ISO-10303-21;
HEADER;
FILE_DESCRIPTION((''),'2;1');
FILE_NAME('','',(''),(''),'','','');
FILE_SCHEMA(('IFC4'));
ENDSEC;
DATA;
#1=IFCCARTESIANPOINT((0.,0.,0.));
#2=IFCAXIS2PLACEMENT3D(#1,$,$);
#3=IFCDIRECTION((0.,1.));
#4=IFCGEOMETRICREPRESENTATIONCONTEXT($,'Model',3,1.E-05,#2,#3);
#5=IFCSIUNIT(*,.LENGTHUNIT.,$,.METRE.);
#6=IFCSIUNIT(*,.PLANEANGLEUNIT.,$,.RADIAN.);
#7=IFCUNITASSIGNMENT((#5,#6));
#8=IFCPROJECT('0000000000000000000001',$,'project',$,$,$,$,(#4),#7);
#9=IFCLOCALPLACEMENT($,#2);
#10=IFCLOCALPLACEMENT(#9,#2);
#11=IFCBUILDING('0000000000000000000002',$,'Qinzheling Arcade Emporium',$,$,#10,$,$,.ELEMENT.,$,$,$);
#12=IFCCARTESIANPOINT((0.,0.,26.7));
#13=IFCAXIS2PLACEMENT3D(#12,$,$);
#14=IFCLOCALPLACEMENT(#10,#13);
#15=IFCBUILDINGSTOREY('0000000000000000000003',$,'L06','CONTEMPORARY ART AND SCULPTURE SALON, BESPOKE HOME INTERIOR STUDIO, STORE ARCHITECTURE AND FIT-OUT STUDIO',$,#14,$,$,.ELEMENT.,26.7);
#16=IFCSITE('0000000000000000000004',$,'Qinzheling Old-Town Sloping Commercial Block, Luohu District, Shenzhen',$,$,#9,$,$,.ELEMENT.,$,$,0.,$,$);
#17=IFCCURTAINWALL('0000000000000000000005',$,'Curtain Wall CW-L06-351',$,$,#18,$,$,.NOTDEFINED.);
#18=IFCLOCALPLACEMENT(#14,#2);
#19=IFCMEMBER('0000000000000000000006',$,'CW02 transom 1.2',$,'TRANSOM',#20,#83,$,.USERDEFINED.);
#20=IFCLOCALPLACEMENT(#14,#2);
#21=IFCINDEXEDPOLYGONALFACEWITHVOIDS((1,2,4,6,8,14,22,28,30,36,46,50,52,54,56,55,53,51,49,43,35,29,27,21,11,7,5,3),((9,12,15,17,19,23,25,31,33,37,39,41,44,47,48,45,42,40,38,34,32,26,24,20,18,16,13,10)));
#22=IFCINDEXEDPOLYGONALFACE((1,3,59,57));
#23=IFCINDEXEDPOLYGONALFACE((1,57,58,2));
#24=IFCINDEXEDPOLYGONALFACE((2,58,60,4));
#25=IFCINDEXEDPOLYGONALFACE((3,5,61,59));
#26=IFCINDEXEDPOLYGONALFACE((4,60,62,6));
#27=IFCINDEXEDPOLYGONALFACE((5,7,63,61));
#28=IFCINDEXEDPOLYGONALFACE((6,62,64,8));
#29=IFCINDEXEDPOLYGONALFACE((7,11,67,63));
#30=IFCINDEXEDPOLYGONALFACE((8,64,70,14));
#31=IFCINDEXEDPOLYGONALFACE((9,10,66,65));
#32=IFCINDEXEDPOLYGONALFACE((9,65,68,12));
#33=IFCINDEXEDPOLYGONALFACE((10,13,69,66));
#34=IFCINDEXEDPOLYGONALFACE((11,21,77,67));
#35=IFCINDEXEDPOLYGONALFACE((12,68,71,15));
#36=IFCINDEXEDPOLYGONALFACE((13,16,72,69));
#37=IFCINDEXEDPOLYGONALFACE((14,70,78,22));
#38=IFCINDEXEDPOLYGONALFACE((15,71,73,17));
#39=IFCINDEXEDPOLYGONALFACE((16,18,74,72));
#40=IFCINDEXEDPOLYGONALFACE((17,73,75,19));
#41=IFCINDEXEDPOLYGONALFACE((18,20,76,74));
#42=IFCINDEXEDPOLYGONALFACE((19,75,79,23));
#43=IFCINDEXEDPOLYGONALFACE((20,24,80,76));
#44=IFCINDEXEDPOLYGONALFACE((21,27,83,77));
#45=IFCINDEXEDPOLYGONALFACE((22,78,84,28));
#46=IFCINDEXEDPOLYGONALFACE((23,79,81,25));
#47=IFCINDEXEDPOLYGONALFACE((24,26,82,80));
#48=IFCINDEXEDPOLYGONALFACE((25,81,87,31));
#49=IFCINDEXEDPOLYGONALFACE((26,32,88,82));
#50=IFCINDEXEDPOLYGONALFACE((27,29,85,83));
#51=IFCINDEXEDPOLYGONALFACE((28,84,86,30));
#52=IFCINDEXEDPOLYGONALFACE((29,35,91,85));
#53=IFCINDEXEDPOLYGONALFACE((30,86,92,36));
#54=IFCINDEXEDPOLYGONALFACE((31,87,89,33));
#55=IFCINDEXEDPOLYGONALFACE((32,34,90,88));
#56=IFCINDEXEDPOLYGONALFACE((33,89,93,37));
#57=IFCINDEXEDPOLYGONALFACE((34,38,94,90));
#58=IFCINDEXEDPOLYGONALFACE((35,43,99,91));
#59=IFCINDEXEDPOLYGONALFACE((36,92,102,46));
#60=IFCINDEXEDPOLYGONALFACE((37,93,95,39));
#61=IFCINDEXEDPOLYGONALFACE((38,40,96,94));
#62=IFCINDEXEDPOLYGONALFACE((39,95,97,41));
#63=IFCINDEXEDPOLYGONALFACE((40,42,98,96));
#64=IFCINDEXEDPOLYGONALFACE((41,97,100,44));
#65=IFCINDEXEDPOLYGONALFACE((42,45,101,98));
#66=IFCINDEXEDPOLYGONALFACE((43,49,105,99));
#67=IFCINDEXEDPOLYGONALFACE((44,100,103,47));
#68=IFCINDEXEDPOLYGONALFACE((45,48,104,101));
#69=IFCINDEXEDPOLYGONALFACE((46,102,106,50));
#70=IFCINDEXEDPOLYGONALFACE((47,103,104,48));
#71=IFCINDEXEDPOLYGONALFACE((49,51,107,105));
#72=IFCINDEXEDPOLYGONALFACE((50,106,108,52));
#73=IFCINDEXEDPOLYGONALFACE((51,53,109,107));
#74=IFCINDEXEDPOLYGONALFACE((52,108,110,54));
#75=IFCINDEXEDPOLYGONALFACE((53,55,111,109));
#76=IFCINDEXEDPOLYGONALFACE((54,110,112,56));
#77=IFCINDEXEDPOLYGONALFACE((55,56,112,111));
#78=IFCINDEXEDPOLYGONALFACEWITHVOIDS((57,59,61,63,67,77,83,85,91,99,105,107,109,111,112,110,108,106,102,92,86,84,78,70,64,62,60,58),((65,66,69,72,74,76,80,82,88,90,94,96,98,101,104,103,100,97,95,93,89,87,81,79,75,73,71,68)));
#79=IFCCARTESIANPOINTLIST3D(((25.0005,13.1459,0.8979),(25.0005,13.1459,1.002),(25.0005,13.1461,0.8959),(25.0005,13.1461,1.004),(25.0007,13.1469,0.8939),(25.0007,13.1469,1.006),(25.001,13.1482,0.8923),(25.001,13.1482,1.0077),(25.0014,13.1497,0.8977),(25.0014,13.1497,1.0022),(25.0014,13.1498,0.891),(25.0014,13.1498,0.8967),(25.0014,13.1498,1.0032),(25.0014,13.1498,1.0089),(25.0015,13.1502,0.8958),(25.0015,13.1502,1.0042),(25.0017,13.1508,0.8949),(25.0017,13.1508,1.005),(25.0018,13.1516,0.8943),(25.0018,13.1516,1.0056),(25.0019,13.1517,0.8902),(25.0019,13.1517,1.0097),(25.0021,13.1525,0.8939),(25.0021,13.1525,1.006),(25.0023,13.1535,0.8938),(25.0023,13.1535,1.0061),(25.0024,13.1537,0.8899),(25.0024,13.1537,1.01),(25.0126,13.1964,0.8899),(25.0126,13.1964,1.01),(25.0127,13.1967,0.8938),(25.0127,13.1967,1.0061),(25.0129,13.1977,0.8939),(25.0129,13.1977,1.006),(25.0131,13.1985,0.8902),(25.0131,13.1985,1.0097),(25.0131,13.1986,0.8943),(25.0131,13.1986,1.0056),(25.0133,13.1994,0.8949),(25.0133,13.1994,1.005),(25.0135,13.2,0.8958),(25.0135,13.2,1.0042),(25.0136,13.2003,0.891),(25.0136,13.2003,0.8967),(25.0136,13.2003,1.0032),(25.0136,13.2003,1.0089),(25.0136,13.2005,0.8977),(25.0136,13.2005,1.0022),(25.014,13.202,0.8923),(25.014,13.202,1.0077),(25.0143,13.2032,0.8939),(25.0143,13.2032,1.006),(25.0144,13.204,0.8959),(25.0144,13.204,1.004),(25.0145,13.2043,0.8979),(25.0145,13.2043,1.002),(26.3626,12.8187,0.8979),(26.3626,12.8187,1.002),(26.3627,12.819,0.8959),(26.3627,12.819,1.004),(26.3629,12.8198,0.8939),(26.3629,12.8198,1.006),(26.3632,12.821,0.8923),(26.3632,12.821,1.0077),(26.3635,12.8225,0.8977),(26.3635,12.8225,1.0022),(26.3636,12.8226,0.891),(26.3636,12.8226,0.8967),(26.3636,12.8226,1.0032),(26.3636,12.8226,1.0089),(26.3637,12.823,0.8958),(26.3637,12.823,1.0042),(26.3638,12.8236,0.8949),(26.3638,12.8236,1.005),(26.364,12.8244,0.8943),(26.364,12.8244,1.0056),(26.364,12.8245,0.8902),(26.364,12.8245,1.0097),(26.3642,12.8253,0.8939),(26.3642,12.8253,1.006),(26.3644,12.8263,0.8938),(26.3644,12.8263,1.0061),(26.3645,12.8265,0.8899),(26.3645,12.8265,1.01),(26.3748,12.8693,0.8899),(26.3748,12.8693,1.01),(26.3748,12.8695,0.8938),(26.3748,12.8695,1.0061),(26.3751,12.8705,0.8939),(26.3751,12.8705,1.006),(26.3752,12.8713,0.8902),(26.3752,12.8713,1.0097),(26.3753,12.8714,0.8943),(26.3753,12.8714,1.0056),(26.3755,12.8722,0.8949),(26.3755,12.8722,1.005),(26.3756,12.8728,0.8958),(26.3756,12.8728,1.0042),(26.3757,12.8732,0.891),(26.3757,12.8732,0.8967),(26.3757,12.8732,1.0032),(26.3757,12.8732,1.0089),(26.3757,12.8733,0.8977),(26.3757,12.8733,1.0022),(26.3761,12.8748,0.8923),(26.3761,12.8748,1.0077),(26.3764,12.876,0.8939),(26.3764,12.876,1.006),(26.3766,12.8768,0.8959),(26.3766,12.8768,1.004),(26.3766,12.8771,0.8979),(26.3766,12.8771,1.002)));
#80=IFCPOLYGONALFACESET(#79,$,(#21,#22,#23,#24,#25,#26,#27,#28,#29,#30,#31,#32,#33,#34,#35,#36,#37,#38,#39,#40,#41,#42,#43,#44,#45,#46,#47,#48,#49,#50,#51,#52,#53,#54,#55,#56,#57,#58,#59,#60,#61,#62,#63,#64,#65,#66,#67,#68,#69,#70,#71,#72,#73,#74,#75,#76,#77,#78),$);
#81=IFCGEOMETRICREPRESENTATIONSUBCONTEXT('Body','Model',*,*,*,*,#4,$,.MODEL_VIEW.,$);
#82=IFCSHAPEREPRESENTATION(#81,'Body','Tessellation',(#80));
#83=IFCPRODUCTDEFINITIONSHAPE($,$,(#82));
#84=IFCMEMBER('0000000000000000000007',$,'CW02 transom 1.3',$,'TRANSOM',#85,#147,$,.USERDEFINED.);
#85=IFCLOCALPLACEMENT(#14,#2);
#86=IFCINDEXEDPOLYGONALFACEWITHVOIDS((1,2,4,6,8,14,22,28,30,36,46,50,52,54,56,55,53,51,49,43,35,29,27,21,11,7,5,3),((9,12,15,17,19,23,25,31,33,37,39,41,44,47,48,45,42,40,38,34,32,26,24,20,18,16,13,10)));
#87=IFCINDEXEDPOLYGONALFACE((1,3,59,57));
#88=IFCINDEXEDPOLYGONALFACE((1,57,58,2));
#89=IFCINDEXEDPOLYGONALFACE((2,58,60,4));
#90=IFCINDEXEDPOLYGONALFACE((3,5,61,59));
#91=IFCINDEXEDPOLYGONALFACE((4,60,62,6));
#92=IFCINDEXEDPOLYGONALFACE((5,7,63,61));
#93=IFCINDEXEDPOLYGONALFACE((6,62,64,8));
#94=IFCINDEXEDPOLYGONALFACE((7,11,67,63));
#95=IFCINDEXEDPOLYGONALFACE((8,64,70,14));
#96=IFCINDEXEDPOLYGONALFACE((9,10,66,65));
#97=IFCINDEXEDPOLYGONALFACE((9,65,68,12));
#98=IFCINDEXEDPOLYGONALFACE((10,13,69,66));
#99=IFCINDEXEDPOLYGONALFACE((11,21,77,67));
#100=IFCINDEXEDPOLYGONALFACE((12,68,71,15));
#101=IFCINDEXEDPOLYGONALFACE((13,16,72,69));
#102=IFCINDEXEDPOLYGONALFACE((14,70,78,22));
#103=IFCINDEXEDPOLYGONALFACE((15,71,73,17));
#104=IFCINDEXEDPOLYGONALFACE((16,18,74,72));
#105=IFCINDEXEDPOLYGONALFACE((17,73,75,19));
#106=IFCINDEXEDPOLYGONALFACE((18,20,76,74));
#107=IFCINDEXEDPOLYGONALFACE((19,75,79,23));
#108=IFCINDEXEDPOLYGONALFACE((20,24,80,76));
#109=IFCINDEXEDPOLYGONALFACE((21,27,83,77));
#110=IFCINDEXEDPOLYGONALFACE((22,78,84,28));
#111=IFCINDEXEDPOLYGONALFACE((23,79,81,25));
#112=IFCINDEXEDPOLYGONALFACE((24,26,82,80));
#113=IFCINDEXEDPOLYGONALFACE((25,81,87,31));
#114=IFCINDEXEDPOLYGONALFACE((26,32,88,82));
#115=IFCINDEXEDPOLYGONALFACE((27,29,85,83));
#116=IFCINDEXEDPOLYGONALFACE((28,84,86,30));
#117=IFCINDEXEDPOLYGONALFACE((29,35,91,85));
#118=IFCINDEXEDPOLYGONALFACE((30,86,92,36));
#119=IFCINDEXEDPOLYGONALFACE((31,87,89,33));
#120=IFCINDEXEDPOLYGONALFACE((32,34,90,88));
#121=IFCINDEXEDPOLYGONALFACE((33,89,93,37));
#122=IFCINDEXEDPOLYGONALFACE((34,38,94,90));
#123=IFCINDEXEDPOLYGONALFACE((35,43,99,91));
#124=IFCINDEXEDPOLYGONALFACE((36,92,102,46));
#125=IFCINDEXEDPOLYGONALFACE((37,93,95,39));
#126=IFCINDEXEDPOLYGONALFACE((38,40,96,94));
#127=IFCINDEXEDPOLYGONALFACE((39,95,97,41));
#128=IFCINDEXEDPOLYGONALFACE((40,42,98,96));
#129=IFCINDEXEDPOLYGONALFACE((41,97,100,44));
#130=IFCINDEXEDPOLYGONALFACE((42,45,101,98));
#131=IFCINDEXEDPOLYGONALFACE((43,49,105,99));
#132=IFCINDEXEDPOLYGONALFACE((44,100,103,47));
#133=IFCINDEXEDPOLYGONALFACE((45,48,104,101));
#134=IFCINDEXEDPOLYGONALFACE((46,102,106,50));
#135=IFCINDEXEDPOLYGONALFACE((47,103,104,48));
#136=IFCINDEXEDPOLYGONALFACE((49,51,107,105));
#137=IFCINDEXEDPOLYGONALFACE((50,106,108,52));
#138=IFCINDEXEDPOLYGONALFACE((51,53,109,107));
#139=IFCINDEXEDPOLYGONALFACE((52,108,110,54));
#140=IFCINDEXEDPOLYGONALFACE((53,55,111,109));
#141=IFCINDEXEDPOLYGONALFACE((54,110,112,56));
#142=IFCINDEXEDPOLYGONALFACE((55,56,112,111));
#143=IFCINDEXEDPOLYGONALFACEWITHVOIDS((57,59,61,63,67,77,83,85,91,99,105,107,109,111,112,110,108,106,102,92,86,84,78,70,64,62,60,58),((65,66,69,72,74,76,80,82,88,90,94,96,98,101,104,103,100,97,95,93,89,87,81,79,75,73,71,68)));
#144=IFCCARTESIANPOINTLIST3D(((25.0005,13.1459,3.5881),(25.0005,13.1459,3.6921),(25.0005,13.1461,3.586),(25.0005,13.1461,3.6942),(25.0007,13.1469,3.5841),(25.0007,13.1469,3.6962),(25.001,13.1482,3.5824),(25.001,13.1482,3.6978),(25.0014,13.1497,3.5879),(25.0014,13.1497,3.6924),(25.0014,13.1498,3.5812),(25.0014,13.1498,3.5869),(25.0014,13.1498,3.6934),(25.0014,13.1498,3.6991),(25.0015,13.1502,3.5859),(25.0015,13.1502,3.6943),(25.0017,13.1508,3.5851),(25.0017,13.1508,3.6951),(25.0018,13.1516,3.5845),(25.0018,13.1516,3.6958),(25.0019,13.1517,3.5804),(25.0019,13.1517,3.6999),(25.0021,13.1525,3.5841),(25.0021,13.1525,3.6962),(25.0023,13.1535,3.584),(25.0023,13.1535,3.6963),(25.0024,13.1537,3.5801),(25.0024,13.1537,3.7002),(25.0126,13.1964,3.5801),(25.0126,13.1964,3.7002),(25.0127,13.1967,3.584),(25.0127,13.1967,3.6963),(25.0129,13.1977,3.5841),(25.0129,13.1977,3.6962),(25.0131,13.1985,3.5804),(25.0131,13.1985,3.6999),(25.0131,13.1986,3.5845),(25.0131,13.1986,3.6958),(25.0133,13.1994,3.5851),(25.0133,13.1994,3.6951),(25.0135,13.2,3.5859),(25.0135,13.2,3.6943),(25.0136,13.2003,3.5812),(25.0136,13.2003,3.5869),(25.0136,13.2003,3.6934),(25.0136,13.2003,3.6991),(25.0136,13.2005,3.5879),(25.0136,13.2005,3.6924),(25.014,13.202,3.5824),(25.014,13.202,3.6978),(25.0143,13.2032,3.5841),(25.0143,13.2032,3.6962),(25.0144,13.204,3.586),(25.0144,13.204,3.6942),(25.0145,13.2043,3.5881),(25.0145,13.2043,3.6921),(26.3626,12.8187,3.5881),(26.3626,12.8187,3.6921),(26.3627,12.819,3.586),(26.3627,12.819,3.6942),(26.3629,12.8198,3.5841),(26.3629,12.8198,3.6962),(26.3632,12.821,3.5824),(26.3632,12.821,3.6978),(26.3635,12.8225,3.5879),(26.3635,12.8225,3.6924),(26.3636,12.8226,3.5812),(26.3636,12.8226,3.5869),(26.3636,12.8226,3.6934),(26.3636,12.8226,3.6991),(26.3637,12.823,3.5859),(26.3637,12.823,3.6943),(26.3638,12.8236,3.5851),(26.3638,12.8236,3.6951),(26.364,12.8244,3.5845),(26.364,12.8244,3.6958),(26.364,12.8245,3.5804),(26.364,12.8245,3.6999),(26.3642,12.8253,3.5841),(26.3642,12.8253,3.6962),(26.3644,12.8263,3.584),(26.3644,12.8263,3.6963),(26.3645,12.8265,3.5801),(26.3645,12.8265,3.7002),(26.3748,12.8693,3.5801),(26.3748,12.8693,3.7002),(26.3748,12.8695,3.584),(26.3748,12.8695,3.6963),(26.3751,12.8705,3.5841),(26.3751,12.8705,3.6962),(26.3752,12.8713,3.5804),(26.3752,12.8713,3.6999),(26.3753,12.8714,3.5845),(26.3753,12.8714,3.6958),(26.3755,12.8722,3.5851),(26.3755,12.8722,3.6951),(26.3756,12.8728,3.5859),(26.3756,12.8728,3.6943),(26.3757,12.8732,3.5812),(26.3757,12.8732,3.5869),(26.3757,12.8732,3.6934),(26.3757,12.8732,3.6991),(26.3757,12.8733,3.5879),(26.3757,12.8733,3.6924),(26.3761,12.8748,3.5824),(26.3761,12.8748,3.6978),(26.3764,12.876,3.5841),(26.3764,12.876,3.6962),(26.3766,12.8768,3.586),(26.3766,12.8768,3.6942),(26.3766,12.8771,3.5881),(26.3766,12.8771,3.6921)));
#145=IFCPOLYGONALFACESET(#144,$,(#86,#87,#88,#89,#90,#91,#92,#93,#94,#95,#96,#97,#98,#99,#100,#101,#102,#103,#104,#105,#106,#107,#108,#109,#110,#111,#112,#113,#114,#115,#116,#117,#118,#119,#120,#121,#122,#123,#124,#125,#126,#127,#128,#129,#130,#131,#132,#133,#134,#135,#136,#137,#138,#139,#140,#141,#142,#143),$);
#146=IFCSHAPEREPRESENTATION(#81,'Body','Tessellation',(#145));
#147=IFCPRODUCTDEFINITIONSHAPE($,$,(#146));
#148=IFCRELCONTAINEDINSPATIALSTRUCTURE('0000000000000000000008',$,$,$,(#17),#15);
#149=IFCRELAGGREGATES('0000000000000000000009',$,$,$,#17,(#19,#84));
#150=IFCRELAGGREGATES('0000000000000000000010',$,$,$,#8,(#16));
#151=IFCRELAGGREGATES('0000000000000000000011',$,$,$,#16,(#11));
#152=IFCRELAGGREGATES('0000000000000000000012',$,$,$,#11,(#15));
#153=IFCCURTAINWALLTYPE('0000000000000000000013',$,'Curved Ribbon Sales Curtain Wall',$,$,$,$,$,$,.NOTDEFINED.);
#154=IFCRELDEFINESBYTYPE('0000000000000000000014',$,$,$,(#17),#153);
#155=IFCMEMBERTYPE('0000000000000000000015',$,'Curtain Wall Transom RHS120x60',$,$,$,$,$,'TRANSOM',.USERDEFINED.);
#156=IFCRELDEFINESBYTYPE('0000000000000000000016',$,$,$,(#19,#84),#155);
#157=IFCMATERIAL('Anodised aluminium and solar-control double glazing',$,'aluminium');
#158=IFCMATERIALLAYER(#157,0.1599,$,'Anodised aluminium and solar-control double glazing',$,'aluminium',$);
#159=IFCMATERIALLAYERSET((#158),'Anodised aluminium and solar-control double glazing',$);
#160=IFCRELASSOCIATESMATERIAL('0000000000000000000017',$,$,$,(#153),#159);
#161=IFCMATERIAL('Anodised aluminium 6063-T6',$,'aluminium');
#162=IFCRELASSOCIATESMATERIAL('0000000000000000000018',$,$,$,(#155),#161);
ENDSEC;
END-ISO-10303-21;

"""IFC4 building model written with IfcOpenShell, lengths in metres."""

from ifc_helpers import new_model, si_unit, direction, frame, origin, origin_2d, place, context, subcontext, project, spatial, hollow_rectangle, extrude, material, layer, layer_set, material_profile, profile_set, type_object, element, aggregate, save


model = new_model("IFC4")

# Units and contexts
model_context = context("Model", 3, precision=1e-05, world=origin(), true_north=direction((0.0, 1.0)))
body_context = subcontext(model_context, "Body", "Model", "MODEL_VIEW")
ifc_project = project(units=[si_unit("LENGTHUNIT", "METRE"), si_unit("PLANEANGLEUNIT", "RADIAN")], contexts=[model_context])

# Site, building, storey
site_placement = place(None, origin())
site = spatial("IfcSite", under=ifc_project, at=site_placement, Name="Qinzheling Old-Town Sloping Commercial Block, Luohu District, Shenzhen", CompositionType="ELEMENT", RefElevation=0.0)
building_placement = place(site_placement, origin())
building = spatial("IfcBuilding", under=site, at=building_placement, Name="Qinzheling Arcade Emporium", CompositionType="ELEMENT")
storey_placement = place(building_placement, frame((0.0, 0.0, 26.7)))
storey = spatial("IfcBuildingStorey", under=building, at=storey_placement, Name="L06", Description="CONTEMPORARY ART AND SCULPTURE SALON, BESPOKE HOME INTERIOR STUDIO, STORE ARCHITECTURE AND FIT-OUT STUDIO", CompositionType="ELEMENT", Elevation=26.7)

# Shared definitions
ifc_material_1 = material(Name="Anodised aluminium and solar-control double glazing", Category="aluminium")
ifc_material_2 = material(Name="Anodised aluminium 6063-T6", Category="aluminium")

# Curtain wall
ifc_layer_1 = layer(ifc_material_1, 0.1599, Name="Anodised aluminium and solar-control double glazing", Category="aluminium")
ifc_layer_set_1 = layer_set([ifc_layer_1], Name="Anodised aluminium and solar-control double glazing")
curtain_wall_type_1 = type_object("IfcCurtainWallType", Name="Curved Ribbon Sales Curtain Wall", PredefinedType="NOTDEFINED", material=ifc_layer_set_1)
curtain_wall_1_placement = place(storey_placement, origin())
curtain_wall_1 = element("IfcCurtainWall", 1, at=curtain_wall_1_placement, inside=storey, type_object=curtain_wall_type_1, Name="Curtain Wall CW-L06-351", PredefinedType="NOTDEFINED")

# Members
ifc_material_profile_1 = material_profile(ifc_material_2, hollow_rectangle(XDim=0.0601, YDim=0.1201, WallThickness=0.0039, InnerFilletRadius=0.0039, OuterFilletRadius=0.0081, at=origin_2d()), Name="RHS 120x60x4", Category="aluminium")
ifc_profile_set_1 = profile_set([ifc_material_profile_1], Name="Anodised aluminium 6063-T6")
member_type_1 = type_object("IfcMemberType", Name="Curtain Wall Transom RHS120x60", ElementType="TRANSOM", PredefinedType="USERDEFINED", material=ifc_profile_set_1)
member_1_placement = place(storey_placement, frame((26.3696, 12.8479, 0.95), z_axis=(-0.972346, 0.233544, 0.0), x_axis=(-0.233544, -0.972346, 0.0)))
member_1 = element("IfcMember", 2, at=member_1_placement, type_object=member_type_1, Name="CW02 transom 1.2", ObjectType="TRANSOM", PredefinedType="USERDEFINED", context=body_context, shape_type="SweptSolid", body=[
    extrude(hollow_rectangle(XDim=0.0601, YDim=0.1201, WallThickness=0.0039, InnerFilletRadius=0.0039, OuterFilletRadius=0.0081, at=origin_2d()), origin(), (0.0, 0.0, 1.0), 1.4009),
])
member_2_placement = place(storey_placement, frame((26.3696, 12.8479, 3.6401), z_axis=(-0.972346, 0.233544, 0.0), x_axis=(-0.233544, -0.972346, 0.0)))
member_2 = element("IfcMember", 3, at=member_2_placement, type_object=member_type_1, Name="CW02 transom 1.3", ObjectType="TRANSOM", PredefinedType="USERDEFINED", context=body_context, shape_type="SweptSolid", body=[
    extrude(hollow_rectangle(XDim=0.0601, YDim=0.1201, WallThickness=0.0039, InnerFilletRadius=0.0039, OuterFilletRadius=0.0081, at=origin_2d()), origin(), (0.0, 0.0, 1.0), 1.4009),
])

aggregate(curtain_wall_1, [member_1, member_2])

save(model, "model.ifc")
